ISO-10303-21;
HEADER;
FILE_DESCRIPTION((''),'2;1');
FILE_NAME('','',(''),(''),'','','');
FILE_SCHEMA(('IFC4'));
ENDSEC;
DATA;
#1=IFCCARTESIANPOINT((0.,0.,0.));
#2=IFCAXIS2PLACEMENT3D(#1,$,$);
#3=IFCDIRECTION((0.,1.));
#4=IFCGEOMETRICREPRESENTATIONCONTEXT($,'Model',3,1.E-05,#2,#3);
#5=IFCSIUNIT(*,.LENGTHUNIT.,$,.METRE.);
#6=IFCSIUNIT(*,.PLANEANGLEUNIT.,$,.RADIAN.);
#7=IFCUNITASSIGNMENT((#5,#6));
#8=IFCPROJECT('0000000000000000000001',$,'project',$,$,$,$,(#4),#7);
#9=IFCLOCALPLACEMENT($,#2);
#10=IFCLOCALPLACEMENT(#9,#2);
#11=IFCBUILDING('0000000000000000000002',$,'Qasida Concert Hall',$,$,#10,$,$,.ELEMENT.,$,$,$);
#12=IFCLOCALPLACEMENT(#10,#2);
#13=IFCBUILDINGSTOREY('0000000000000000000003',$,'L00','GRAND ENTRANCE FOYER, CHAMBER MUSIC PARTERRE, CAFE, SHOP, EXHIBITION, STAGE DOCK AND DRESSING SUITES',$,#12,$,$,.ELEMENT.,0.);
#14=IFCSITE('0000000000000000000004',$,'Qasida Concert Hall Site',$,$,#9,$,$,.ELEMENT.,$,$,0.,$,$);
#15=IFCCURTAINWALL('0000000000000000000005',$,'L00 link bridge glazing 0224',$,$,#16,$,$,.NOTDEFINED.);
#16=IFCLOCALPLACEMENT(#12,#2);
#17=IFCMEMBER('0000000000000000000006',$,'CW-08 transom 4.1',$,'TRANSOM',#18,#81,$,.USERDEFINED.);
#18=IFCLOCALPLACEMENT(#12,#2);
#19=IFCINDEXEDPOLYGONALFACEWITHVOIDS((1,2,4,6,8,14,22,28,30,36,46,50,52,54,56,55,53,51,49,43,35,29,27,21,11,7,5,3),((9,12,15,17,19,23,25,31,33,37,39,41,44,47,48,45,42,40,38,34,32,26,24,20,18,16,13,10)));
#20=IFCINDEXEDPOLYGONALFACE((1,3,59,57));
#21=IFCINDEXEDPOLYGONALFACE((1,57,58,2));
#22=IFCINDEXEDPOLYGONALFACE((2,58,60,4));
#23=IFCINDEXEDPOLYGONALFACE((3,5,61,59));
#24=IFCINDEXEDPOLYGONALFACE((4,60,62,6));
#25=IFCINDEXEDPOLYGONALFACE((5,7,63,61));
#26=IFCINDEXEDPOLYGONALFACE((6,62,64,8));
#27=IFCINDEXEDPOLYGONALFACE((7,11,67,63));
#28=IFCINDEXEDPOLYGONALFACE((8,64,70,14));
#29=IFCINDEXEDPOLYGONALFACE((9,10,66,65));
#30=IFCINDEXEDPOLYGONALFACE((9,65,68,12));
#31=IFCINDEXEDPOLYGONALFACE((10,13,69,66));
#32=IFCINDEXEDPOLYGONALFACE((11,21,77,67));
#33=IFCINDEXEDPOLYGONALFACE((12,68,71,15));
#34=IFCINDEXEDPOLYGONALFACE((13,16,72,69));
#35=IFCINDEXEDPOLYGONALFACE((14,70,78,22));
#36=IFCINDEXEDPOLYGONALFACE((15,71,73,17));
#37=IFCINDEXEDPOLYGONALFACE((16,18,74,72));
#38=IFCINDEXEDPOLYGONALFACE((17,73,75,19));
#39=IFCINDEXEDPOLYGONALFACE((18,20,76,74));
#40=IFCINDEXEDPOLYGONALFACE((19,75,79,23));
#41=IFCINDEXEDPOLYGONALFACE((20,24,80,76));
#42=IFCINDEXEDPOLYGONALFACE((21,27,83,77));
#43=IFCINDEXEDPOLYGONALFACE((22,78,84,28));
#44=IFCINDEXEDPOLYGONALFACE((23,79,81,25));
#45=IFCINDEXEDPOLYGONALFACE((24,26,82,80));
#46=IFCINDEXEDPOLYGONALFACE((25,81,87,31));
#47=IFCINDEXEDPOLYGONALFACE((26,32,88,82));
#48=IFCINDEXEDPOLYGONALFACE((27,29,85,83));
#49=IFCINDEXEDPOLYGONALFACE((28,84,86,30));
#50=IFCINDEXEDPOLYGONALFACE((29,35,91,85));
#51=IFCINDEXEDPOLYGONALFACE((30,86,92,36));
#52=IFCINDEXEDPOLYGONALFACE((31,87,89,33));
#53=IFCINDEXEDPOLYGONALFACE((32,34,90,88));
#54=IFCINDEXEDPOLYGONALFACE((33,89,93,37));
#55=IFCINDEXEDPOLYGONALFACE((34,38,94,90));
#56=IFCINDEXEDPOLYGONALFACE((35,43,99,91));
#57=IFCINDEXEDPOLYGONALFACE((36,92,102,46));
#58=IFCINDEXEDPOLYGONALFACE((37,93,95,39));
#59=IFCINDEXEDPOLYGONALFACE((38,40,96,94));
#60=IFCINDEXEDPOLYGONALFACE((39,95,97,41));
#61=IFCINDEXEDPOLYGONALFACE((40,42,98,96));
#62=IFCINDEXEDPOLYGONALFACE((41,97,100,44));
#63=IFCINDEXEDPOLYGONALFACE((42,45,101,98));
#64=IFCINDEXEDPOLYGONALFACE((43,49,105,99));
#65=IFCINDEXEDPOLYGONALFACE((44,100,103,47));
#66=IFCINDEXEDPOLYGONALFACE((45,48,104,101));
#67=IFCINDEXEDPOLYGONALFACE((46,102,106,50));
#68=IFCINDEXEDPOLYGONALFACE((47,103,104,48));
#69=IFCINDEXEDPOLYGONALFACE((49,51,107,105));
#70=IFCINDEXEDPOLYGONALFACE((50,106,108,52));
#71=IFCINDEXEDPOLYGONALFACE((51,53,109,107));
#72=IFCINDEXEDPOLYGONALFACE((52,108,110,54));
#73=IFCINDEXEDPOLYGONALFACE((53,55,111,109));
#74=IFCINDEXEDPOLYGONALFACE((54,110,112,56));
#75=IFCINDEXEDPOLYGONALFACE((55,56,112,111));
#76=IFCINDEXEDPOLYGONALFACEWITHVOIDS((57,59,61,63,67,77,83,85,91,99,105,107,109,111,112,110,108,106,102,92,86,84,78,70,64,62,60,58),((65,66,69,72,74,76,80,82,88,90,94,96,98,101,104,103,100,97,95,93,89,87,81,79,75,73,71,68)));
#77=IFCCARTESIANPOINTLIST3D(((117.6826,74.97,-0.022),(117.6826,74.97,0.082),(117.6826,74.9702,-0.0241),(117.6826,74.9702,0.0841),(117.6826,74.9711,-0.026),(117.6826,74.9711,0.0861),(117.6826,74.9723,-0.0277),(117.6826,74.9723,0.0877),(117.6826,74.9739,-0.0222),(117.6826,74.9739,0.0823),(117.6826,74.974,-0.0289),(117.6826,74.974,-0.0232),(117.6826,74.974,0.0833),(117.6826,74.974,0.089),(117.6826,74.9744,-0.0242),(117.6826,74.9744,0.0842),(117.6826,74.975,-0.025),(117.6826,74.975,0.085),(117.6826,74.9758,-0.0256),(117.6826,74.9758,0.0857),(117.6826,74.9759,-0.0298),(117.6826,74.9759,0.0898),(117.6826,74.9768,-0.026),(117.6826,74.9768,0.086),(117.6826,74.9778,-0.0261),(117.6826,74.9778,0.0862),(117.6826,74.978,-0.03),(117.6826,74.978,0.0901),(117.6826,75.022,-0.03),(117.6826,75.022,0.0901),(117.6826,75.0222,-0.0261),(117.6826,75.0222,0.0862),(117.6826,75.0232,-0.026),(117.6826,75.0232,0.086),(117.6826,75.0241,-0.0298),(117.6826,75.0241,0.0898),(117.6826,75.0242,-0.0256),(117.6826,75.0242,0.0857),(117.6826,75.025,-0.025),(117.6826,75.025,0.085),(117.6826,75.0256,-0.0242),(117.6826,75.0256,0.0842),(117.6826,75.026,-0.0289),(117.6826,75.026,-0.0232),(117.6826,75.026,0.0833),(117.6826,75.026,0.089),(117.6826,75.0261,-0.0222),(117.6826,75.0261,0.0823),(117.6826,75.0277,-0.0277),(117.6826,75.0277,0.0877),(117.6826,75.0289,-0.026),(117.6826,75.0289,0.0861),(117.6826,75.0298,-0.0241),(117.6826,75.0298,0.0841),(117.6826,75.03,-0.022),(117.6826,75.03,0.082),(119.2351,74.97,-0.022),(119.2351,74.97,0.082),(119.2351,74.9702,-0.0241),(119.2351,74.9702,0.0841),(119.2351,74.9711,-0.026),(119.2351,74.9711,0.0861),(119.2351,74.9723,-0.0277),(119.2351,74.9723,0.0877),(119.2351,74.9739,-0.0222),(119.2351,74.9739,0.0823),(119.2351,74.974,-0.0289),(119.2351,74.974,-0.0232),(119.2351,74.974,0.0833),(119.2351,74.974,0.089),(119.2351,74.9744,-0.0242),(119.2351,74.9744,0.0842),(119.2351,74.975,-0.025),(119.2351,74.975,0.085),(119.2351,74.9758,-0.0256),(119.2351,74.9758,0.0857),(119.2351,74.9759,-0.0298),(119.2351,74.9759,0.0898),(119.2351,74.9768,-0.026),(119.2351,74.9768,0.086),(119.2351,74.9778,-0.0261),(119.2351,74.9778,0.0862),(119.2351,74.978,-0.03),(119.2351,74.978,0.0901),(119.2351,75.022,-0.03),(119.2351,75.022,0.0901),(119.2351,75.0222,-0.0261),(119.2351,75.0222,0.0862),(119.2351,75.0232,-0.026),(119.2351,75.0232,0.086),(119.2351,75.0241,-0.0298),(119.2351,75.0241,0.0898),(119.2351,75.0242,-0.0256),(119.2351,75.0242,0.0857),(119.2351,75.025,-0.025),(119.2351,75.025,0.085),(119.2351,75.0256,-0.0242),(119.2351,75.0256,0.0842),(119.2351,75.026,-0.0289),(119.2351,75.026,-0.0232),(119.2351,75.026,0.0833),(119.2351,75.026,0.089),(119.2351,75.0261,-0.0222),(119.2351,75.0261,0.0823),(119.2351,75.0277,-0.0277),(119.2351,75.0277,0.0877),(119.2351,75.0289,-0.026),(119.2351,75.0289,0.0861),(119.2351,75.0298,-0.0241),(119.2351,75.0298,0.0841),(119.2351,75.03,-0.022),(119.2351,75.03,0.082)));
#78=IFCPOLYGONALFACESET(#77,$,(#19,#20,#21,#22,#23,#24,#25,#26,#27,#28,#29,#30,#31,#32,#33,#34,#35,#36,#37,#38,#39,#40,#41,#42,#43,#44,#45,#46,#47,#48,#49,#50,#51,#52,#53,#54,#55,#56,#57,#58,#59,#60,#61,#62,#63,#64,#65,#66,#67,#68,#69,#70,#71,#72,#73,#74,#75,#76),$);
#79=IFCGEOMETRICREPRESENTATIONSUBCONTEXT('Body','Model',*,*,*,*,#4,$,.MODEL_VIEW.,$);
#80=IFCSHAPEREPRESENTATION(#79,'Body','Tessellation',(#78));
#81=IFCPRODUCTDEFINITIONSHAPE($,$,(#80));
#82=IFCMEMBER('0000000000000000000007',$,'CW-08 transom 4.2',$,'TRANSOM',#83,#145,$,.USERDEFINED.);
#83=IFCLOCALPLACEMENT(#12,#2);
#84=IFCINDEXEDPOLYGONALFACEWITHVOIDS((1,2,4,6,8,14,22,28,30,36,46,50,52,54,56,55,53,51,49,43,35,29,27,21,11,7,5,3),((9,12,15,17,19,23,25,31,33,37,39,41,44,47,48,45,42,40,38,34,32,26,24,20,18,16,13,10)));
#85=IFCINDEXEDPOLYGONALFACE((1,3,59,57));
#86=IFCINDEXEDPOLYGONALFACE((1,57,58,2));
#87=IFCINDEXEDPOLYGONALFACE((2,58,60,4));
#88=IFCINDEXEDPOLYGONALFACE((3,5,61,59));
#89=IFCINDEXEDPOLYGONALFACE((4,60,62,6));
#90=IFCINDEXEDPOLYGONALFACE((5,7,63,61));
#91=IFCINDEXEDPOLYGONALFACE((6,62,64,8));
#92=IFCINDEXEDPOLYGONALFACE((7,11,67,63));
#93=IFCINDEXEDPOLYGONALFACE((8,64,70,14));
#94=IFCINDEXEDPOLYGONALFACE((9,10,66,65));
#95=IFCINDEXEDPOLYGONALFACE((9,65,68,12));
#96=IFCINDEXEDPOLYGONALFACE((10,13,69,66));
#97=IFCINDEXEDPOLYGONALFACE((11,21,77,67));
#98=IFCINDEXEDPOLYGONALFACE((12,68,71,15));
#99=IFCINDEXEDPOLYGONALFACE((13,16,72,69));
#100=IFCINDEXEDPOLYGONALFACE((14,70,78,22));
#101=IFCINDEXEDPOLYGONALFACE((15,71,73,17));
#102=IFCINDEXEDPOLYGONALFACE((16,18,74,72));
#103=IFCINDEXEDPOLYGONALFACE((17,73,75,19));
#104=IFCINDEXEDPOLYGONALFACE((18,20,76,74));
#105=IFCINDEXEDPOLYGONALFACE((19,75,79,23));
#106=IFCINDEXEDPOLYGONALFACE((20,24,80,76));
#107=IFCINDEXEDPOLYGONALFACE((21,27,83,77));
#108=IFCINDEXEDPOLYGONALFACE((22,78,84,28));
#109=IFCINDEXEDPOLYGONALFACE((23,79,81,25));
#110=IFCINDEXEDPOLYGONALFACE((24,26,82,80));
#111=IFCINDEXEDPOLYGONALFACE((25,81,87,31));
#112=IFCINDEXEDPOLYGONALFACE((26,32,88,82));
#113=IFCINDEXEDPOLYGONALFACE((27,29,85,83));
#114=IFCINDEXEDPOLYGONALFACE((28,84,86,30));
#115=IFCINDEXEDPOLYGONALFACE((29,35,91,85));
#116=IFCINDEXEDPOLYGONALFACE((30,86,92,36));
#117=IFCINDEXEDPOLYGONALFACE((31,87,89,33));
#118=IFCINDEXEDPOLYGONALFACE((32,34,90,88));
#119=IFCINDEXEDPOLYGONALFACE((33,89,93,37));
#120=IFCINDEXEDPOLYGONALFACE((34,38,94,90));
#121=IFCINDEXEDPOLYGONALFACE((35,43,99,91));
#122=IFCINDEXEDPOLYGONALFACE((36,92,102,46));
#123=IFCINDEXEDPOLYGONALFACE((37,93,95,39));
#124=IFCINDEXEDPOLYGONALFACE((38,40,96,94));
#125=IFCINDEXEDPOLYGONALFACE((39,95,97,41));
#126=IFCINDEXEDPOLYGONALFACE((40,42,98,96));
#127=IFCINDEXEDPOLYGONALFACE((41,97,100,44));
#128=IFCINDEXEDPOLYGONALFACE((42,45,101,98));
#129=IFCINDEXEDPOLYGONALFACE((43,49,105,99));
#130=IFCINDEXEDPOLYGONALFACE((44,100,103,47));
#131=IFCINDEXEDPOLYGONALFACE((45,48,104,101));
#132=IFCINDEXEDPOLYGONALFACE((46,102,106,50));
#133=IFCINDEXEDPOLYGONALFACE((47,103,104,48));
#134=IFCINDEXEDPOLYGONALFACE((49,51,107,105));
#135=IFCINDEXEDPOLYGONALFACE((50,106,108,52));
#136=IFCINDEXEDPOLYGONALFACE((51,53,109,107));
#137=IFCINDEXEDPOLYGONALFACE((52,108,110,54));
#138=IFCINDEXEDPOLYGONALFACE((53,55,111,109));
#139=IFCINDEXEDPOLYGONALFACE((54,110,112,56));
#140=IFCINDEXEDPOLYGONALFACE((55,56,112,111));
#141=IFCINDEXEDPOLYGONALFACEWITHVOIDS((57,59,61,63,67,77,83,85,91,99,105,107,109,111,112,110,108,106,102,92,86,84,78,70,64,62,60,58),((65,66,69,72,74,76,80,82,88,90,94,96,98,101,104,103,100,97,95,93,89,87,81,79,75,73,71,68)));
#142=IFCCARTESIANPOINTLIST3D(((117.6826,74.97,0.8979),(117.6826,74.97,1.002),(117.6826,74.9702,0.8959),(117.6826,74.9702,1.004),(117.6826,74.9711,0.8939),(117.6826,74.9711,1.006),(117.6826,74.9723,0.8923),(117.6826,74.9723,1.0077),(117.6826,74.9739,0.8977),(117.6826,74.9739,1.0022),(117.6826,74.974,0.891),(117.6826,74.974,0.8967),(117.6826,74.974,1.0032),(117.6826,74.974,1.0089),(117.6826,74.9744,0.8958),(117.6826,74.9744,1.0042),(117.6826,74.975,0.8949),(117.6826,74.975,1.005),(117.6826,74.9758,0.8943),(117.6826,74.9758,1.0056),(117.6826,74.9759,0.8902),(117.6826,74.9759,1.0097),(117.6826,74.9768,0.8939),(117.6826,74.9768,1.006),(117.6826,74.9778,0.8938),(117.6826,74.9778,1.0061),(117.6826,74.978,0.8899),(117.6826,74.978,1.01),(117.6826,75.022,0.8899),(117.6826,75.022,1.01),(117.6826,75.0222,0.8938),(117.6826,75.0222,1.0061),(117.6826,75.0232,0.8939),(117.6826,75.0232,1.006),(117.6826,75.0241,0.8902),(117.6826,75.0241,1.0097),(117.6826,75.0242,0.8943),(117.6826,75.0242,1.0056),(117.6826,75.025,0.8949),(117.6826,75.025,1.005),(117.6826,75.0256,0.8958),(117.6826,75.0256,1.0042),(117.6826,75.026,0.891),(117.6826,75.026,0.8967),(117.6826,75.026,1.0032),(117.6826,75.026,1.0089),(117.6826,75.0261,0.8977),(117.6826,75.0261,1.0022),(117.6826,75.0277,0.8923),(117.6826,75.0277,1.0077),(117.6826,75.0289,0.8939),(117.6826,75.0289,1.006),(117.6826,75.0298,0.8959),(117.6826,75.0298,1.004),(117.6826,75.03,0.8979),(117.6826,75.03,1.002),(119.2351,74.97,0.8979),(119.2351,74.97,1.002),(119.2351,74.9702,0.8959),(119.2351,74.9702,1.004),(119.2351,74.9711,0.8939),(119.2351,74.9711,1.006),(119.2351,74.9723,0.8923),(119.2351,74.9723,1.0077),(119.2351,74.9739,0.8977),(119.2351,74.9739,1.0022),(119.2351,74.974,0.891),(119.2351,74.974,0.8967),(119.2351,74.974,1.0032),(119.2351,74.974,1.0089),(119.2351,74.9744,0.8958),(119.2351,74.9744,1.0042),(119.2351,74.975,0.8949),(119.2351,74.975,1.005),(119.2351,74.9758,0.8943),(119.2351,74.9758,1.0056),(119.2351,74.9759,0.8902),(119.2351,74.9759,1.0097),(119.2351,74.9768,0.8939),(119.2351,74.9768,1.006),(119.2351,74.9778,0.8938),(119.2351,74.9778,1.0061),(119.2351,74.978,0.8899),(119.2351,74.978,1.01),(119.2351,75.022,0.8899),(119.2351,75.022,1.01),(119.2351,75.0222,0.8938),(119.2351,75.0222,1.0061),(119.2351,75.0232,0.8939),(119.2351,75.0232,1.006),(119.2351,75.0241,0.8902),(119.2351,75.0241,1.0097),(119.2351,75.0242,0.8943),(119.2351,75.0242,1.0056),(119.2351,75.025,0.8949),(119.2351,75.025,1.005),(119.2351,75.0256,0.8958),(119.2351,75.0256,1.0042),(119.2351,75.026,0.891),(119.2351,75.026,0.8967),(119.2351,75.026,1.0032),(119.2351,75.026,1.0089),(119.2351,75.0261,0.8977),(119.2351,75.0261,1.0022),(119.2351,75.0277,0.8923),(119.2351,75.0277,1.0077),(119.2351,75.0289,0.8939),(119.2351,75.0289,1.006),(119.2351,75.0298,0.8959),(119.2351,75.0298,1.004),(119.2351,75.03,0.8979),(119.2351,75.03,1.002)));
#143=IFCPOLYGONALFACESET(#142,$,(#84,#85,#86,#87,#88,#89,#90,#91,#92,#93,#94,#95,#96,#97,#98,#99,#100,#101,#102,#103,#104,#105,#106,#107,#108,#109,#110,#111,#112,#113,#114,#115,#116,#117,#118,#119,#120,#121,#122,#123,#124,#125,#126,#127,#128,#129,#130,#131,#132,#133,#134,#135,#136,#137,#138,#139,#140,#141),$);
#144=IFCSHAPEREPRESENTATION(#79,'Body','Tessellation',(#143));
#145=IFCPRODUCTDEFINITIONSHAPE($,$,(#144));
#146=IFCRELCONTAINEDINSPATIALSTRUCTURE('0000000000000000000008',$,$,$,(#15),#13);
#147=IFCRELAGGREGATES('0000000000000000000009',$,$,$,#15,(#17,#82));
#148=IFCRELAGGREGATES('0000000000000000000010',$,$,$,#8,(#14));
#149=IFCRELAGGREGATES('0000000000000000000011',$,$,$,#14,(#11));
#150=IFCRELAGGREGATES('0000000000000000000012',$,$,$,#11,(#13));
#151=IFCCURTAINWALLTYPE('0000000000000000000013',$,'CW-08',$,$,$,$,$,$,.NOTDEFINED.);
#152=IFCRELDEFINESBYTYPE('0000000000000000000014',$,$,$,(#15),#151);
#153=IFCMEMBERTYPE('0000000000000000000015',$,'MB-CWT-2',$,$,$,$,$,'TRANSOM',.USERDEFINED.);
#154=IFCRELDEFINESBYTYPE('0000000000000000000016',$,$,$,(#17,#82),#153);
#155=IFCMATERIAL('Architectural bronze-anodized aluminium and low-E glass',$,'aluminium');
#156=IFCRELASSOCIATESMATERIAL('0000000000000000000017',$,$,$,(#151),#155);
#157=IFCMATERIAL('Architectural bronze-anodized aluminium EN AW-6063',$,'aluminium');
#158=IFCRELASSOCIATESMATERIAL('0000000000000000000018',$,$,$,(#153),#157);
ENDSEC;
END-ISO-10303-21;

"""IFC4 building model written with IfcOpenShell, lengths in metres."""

from ifc_helpers import new_model, si_unit, direction, frame, origin, origin_2d, place, context, subcontext, project, spatial, hollow_rectangle, extrude, material, material_profile, profile_set, type_object, element, aggregate, save


model = new_model("IFC4")

# Units and contexts
model_context = context("Model", 3, precision=1e-05, world=origin(), true_north=direction((0.0, 1.0)))
body_context = subcontext(model_context, "Body", "Model", "MODEL_VIEW")
ifc_project = project(units=[si_unit("LENGTHUNIT", "METRE"), si_unit("PLANEANGLEUNIT", "RADIAN")], contexts=[model_context])

# Site, building, storey
site_placement = place(None, origin())
site = spatial("IfcSite", under=ifc_project, at=site_placement, Name="Qasida Concert Hall Site", CompositionType="ELEMENT", RefElevation=0.0)
building_placement = place(site_placement, origin())
building = spatial("IfcBuilding", under=site, at=building_placement, Name="Qasida Concert Hall", CompositionType="ELEMENT")
storey_placement = place(building_placement, origin())
storey = spatial("IfcBuildingStorey", under=building, at=storey_placement, Name="L00", Description="GRAND ENTRANCE FOYER, CHAMBER MUSIC PARTERRE, CAFE, SHOP, EXHIBITION, STAGE DOCK AND DRESSING SUITES", CompositionType="ELEMENT", Elevation=0.0)

# Curtain wall, members
ifc_material_1 = material(Name="Architectural bronze-anodized aluminium and low-E glass", Category="aluminium")
curtain_wall_type = type_object("IfcCurtainWallType", Name="CW-08", PredefinedType="NOTDEFINED", material=ifc_material_1)
curtain_wall_1_placement = place(storey_placement, origin())
curtain_wall_1 = element("IfcCurtainWall", 1, at=curtain_wall_1_placement, inside=storey, type_object=curtain_wall_type, Name="L00 link bridge glazing 0224", PredefinedType="NOTDEFINED")
ifc_material_2 = material(Name="Architectural bronze-anodized aluminium EN AW-6063", Category="aluminium")
ifc_material_profile_1 = material_profile(ifc_material_2, hollow_rectangle(XDim=0.0601, YDim=0.1201, WallThickness=0.0039, InnerFilletRadius=0.0039, OuterFilletRadius=0.0081, at=origin_2d()), Name="CWT 120x60x4")
ifc_profile_set_1 = profile_set([ifc_material_profile_1], Name="Architectural bronze-anodized aluminium EN AW-6063")
member_type_1 = type_object("IfcMemberType", Name="MB-CWT-2", ElementType="TRANSOM", PredefinedType="USERDEFINED", material=ifc_profile_set_1)
member_1_placement = place(storey_placement, frame((117.6826, 75.0, 0.03), z_axis=(1.0, 0.0, 0.0), x_axis=(0.0, 1.0, 0.0)))
member_1 = element("IfcMember", 2, at=member_1_placement, type_object=member_type_1, Name="CW-08 transom 4.1", ObjectType="TRANSOM", PredefinedType="USERDEFINED", context=body_context, shape_type="SweptSolid", body=[
    extrude(hollow_rectangle(XDim=0.0601, YDim=0.1201, WallThickness=0.0039, InnerFilletRadius=0.0039, OuterFilletRadius=0.0081, at=origin_2d()), origin(), (0.0, 0.0, 1.0), 1.5525),
])
member_2_placement = place(storey_placement, frame((117.6826, 75.0, 0.95), z_axis=(1.0, 0.0, 0.0), x_axis=(0.0, 1.0, 0.0)))
member_2 = element("IfcMember", 3, at=member_2_placement, type_object=member_type_1, Name="CW-08 transom 4.2", ObjectType="TRANSOM", PredefinedType="USERDEFINED", context=body_context, shape_type="SweptSolid", body=[
    extrude(hollow_rectangle(XDim=0.0601, YDim=0.1201, WallThickness=0.0039, InnerFilletRadius=0.0039, OuterFilletRadius=0.0081, at=origin_2d()), origin(), (0.0, 0.0, 1.0), 1.5525),
])

aggregate(curtain_wall_1, [member_1, member_2])

save(model, "model.ifc")
